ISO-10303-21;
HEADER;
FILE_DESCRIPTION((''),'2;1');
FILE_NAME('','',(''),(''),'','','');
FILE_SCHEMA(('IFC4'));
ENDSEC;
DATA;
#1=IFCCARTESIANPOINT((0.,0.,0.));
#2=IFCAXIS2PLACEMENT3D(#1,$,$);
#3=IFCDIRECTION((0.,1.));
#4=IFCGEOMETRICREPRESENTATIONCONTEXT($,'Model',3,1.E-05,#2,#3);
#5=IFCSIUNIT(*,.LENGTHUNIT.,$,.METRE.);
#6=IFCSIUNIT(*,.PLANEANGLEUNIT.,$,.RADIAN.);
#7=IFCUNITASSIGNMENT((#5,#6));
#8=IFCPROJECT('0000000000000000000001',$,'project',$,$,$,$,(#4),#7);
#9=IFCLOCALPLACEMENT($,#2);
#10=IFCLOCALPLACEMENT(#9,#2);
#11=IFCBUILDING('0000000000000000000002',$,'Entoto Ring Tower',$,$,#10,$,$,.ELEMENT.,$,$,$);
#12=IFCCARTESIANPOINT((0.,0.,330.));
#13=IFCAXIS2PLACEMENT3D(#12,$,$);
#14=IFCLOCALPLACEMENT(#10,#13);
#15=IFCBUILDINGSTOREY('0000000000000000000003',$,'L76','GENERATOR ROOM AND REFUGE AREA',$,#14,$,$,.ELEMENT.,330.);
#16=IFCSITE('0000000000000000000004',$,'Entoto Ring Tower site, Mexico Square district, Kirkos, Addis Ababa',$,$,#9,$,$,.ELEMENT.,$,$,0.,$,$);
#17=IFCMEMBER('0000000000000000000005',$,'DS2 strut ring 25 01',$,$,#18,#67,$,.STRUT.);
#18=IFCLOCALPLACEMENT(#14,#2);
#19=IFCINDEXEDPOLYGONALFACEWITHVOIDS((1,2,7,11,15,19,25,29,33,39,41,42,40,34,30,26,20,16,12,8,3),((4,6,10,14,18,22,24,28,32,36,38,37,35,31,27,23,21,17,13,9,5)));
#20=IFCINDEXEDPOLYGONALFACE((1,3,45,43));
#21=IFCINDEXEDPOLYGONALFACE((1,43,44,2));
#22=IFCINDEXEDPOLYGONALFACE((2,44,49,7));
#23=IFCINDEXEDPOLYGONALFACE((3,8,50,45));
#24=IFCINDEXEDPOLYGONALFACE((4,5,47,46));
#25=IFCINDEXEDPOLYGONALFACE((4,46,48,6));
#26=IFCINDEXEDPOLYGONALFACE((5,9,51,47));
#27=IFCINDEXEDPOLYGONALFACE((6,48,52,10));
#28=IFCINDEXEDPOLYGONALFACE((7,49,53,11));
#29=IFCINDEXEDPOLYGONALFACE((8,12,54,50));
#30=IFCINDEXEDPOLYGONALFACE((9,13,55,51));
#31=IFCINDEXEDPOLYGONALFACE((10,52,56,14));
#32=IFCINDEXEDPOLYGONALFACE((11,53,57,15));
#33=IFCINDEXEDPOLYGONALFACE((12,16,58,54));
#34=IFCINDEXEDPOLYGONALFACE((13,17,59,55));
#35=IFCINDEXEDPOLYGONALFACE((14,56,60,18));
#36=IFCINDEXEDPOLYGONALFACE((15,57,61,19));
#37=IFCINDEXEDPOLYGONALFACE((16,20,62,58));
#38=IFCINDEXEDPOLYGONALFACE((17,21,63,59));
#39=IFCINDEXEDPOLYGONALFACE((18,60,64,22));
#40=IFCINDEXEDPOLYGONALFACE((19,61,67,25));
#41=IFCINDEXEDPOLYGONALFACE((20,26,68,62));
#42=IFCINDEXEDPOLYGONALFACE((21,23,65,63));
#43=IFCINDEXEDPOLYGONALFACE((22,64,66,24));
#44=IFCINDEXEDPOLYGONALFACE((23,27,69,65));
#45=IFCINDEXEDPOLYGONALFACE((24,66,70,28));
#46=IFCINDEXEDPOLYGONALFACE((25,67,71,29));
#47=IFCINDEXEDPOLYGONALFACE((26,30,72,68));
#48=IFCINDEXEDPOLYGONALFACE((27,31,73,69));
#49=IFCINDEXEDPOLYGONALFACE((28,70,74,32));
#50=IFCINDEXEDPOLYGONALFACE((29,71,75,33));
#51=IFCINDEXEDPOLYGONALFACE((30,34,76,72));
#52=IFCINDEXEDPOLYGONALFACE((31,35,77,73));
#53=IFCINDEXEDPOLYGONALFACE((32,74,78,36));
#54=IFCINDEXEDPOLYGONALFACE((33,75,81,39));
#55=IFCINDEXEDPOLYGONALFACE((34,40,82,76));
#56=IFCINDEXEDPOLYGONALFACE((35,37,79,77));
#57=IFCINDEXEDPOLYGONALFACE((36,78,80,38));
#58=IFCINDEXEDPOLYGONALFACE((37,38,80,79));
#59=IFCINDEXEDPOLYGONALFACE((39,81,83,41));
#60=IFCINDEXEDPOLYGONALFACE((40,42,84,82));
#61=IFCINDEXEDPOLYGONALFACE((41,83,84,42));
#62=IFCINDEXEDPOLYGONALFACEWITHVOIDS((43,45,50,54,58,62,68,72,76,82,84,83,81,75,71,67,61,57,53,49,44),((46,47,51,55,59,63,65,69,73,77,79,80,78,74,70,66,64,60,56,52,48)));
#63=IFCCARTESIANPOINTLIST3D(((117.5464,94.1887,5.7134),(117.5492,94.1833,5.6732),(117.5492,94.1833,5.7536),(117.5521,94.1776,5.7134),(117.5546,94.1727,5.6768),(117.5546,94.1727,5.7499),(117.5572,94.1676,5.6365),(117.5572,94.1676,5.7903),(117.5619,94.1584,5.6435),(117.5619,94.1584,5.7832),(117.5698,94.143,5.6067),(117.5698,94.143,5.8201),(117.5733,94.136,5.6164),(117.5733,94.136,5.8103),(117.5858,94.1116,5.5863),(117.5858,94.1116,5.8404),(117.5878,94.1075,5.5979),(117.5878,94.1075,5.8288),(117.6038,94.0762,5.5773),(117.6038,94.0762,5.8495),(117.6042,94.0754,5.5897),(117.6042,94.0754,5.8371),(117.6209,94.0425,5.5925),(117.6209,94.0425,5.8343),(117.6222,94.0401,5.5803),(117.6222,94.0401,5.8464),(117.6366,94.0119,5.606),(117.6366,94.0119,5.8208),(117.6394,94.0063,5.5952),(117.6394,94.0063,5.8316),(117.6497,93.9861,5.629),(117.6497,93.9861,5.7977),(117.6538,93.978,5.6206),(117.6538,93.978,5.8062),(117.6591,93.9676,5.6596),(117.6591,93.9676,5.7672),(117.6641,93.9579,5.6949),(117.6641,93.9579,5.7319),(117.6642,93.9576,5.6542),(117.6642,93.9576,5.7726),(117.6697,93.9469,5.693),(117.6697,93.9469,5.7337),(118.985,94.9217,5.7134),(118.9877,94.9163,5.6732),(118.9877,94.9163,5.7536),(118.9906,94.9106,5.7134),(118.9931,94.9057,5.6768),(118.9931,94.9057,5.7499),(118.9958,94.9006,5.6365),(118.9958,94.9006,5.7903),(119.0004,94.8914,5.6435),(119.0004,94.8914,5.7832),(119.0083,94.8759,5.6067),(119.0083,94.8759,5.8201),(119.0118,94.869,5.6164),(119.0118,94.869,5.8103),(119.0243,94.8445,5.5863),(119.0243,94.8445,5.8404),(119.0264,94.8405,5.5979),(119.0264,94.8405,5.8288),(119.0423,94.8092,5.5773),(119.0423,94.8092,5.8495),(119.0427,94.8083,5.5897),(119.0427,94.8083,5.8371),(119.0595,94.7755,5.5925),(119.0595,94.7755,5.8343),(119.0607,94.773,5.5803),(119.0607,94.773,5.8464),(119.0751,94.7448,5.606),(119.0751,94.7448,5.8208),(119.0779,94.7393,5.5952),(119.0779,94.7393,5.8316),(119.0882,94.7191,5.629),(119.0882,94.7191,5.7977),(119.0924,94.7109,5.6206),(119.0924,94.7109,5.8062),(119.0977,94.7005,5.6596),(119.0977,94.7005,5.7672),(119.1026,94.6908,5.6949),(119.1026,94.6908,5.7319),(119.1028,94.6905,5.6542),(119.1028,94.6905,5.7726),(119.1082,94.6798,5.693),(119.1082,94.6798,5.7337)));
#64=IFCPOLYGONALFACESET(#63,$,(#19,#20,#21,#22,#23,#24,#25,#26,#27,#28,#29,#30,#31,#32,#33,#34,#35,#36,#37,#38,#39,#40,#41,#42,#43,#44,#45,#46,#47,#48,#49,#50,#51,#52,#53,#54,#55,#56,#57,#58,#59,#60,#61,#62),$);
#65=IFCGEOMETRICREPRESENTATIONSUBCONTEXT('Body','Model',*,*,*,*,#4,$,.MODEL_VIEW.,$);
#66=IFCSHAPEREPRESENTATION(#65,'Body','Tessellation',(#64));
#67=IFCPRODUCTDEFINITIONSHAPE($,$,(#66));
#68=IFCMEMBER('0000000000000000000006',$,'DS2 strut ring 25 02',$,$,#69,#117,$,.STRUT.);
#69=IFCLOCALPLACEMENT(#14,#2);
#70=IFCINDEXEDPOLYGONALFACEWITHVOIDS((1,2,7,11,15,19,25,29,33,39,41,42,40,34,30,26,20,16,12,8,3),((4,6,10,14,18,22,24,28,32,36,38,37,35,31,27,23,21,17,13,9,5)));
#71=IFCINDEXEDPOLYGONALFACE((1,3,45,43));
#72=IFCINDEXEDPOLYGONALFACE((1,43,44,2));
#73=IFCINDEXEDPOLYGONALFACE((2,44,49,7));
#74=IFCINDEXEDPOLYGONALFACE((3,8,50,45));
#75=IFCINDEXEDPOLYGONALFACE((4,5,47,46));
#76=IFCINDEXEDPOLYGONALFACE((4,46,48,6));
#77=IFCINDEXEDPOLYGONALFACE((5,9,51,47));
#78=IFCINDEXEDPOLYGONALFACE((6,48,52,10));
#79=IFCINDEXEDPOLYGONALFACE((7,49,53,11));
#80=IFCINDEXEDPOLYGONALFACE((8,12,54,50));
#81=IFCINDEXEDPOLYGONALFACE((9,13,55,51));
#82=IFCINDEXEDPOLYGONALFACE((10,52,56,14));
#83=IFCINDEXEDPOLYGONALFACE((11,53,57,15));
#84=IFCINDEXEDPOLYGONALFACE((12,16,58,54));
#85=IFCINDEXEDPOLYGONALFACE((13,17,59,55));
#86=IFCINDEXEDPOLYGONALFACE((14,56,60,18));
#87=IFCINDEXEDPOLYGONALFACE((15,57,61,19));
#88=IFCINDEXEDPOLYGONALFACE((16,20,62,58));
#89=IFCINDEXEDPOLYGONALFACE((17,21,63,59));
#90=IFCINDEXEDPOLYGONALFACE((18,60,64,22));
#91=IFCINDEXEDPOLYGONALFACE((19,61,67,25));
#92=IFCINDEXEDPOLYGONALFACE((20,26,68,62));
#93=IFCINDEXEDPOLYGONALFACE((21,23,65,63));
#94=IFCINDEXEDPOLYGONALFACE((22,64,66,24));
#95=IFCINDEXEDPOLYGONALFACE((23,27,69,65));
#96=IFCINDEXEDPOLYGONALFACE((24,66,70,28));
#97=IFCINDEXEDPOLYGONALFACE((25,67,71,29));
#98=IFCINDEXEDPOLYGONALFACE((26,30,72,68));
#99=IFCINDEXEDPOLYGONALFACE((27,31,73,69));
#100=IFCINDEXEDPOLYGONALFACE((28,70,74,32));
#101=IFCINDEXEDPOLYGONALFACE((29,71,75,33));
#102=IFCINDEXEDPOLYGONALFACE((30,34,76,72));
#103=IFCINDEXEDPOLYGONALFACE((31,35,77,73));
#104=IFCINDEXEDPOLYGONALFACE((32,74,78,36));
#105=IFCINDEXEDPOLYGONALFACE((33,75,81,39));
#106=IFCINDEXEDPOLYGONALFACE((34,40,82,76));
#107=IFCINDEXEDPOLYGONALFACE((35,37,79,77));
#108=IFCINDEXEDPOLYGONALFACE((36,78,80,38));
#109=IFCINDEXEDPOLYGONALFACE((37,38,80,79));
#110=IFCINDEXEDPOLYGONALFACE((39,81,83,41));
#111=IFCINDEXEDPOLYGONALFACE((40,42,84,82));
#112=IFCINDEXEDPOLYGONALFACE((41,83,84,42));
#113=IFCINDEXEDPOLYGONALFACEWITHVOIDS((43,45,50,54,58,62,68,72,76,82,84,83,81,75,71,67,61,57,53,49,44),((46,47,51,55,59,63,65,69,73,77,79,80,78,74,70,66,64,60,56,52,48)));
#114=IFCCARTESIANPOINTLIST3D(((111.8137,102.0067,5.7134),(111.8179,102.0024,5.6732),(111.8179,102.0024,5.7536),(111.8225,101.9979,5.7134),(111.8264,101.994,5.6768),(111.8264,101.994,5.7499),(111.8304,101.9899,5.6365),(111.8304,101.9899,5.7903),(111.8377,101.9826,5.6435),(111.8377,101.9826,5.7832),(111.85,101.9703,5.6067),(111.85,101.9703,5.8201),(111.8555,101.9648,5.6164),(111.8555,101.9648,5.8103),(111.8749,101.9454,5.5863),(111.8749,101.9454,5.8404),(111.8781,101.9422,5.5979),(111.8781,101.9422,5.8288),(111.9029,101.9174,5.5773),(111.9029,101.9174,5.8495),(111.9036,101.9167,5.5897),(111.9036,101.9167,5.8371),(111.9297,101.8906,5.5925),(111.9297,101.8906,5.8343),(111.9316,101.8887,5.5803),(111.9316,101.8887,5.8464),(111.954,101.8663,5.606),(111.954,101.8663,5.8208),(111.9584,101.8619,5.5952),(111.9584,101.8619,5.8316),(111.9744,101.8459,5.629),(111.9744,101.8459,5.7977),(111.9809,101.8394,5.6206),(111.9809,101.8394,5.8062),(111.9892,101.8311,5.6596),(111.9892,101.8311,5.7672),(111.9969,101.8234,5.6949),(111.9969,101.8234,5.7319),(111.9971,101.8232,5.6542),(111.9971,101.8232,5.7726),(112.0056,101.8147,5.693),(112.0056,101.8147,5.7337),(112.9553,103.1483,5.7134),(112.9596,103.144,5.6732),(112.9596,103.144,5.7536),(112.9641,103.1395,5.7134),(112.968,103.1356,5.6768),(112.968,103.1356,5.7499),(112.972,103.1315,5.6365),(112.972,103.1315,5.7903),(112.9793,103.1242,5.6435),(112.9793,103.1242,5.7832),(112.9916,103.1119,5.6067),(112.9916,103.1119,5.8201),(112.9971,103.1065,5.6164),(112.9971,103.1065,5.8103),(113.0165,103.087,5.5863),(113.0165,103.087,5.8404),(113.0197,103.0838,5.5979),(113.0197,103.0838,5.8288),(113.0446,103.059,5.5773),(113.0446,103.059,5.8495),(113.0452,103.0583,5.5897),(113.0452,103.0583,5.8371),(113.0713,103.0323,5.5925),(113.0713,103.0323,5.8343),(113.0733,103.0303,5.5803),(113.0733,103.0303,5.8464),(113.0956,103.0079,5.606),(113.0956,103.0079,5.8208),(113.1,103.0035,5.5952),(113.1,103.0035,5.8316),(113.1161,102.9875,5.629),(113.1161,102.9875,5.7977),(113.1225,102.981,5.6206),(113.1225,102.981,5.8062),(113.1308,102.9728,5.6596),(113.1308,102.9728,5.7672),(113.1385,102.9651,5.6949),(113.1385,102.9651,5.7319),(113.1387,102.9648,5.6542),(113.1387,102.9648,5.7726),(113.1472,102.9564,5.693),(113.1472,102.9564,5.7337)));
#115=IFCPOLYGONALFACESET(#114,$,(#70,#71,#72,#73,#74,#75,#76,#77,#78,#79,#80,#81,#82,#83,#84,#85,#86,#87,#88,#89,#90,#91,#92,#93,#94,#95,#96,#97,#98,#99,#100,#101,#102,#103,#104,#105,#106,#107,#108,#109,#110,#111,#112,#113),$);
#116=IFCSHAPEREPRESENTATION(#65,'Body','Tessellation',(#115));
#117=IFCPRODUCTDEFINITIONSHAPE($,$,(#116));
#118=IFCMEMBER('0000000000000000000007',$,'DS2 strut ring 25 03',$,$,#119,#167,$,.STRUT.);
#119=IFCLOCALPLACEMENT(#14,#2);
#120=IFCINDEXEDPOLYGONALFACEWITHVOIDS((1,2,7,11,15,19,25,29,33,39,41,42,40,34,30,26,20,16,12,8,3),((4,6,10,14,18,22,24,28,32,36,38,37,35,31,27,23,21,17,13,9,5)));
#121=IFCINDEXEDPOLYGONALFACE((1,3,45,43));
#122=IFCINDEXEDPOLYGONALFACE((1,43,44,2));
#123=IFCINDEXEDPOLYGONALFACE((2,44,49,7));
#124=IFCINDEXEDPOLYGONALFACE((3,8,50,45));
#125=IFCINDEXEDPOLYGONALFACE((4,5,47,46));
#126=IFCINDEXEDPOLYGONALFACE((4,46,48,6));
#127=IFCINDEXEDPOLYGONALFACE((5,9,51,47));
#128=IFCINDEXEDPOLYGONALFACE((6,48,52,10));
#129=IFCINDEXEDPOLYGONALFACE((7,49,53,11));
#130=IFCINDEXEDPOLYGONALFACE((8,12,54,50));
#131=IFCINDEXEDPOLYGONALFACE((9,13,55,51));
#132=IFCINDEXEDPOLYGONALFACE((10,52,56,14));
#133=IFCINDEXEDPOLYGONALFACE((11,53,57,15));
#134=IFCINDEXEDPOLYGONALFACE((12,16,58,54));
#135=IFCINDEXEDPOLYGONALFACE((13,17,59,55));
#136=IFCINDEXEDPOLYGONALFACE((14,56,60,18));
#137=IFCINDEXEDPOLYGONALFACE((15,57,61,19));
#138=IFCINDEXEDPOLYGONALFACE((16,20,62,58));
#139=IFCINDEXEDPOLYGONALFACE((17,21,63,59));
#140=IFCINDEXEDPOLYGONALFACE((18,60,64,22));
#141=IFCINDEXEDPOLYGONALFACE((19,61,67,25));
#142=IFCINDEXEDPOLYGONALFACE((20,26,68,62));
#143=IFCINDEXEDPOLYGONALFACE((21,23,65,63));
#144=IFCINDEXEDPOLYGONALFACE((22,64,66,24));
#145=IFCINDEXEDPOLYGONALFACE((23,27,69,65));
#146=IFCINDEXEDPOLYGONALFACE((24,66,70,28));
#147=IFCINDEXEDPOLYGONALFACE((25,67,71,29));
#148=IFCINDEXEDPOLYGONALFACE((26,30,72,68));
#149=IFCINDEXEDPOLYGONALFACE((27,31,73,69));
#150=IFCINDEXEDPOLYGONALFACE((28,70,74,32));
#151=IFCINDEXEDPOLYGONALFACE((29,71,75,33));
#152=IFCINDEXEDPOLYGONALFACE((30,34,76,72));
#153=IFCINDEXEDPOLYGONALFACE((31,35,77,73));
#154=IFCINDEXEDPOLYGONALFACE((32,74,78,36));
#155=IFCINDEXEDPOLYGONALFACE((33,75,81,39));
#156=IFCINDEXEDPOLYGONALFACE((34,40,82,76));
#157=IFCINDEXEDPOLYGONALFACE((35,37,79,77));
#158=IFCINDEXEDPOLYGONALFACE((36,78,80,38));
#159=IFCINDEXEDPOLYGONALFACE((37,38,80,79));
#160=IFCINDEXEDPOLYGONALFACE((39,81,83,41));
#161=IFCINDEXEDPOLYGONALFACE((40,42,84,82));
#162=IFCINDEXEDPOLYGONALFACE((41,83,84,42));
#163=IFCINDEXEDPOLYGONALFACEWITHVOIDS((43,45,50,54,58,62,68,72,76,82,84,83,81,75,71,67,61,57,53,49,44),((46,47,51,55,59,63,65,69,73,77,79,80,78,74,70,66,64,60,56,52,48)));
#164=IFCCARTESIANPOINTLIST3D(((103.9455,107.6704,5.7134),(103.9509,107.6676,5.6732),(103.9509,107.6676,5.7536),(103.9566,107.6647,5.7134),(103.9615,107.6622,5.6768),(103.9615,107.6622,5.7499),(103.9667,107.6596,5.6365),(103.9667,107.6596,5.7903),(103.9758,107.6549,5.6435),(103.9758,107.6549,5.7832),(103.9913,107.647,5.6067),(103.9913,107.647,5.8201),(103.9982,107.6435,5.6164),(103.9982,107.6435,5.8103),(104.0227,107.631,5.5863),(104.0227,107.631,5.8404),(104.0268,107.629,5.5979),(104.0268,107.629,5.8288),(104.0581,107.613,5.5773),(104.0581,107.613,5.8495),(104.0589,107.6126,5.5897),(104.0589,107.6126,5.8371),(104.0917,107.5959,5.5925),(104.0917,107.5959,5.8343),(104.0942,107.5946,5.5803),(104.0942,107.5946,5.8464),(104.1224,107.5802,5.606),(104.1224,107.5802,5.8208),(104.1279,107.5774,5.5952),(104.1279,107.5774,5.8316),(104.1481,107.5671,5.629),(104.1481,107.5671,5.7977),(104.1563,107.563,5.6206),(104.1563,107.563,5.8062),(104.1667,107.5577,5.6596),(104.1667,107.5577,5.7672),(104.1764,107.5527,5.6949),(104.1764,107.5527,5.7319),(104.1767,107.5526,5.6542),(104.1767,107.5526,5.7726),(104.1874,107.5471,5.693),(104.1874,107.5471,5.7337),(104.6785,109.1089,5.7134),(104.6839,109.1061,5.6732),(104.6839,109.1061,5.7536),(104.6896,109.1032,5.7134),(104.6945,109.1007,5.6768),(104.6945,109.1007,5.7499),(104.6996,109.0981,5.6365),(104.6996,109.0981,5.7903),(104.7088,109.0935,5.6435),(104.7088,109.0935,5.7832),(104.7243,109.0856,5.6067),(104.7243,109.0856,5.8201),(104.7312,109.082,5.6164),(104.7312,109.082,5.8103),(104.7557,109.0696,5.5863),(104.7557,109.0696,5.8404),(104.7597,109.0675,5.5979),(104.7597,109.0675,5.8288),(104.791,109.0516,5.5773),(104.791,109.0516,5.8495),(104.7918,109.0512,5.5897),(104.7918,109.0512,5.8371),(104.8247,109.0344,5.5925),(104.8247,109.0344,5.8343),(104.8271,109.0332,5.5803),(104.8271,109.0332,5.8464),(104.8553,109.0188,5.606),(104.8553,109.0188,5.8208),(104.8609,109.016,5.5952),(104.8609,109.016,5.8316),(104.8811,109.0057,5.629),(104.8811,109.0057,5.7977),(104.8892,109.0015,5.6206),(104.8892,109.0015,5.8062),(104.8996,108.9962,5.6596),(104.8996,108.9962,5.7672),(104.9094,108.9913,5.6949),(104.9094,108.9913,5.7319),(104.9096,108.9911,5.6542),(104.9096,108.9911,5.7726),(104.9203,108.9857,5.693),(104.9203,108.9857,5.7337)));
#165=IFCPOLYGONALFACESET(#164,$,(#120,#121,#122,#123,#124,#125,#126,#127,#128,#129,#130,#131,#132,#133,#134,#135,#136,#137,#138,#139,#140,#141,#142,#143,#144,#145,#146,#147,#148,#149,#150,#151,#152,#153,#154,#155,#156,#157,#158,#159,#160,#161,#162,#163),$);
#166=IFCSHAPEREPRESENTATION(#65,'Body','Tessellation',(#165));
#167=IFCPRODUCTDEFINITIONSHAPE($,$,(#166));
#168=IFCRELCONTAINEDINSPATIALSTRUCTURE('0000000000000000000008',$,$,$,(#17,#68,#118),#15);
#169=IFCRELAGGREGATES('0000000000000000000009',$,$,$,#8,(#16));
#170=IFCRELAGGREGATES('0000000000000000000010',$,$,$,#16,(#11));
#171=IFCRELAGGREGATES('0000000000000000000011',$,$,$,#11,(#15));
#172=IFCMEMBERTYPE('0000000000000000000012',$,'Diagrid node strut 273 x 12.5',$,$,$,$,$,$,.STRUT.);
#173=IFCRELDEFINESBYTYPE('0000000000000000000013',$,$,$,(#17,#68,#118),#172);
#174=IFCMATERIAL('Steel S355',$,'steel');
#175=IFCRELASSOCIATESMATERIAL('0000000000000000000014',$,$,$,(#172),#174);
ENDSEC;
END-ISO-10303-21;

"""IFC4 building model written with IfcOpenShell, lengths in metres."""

from ifc_helpers import new_model, si_unit, direction, frame, origin, origin_2d, place, context, subcontext, project, spatial, circle, hollow_circle, extrude, material, material_profile, profile_set, type_object, element, save


model = new_model("IFC4")

# Units and contexts
model_context = context("Model", 3, precision=1e-05, world=origin(), true_north=direction((0.0, 1.0)))
body_context = subcontext(model_context, "Body", "Model", "MODEL_VIEW")
ifc_project = project(units=[si_unit("LENGTHUNIT", "METRE"), si_unit("PLANEANGLEUNIT", "RADIAN")], contexts=[model_context])

# Site, building, storey
site_placement = place(None, origin())
site = spatial("IfcSite", under=ifc_project, at=site_placement, Name="Entoto Ring Tower site, Mexico Square district, Kirkos, Addis Ababa", CompositionType="ELEMENT", RefElevation=0.0)
building_placement = place(site_placement, origin())
building = spatial("IfcBuilding", under=site, at=building_placement, Name="Entoto Ring Tower", CompositionType="ELEMENT")
storey_placement = place(building_placement, frame((0.0, 0.0, 330.0)))
storey = spatial("IfcBuildingStorey", under=building, at=storey_placement, Name="L76", Description="GENERATOR ROOM AND REFUGE AREA", CompositionType="ELEMENT", Elevation=330.0)

# Members
ifc_material_1 = material(Name="Steel S355", Category="steel")
ifc_material_profile_1 = material_profile(ifc_material_1, hollow_circle(Radius=0.1365, WallThickness=0.0125, at=origin_2d()), Name="CHS 273 x 12.5")
ifc_material_2 = material(Name="Concrete C60/75", Category="concrete")
ifc_material_profile_2 = material_profile(ifc_material_2, circle(Radius=0.124, at=origin_2d()), Name="Concrete C60/75 infill")
ifc_profile_set_1 = profile_set([ifc_material_profile_1, ifc_material_profile_2], Name="Steel S355")
member_type_1 = type_object("IfcMemberType", Name="Diagrid node strut 273 x 12.5", PredefinedType="STRUT", material=ifc_profile_set_1)
for number, where, z_axis, x_axis, name in (
    (1, (117.6084, 94.0671, 5.7134), (0.891014, 0.453976, 0.0), (-0.453976, 0.891014, 0.0), "DS2 strut ring 25 01"),
    (2, (111.9102, 101.9102, 5.7134), (0.707107, 0.707107, 0.0), (-0.707107, 0.707107, 0.0), "DS2 strut ring 25 02"),
    (3, (104.0671, 107.6084, 5.7134), (0.453976, 0.891014, 0.0), (-0.891014, 0.453976, 0.0), "DS2 strut ring 25 03"),
):
    element("IfcMember", number, at=place(storey_placement, frame(where, z_axis=z_axis, x_axis=x_axis)), inside=storey, type_object=member_type_1, Name=name, PredefinedType="STRUT", context=body_context, shape_type="SweptSolid", body=[
        extrude(hollow_circle(Radius=0.1365, WallThickness=0.0125, at=origin_2d()), origin(), (0.0, 0.0, 1.0), 1.6145),
    ])

save(model, "model.ifc")
